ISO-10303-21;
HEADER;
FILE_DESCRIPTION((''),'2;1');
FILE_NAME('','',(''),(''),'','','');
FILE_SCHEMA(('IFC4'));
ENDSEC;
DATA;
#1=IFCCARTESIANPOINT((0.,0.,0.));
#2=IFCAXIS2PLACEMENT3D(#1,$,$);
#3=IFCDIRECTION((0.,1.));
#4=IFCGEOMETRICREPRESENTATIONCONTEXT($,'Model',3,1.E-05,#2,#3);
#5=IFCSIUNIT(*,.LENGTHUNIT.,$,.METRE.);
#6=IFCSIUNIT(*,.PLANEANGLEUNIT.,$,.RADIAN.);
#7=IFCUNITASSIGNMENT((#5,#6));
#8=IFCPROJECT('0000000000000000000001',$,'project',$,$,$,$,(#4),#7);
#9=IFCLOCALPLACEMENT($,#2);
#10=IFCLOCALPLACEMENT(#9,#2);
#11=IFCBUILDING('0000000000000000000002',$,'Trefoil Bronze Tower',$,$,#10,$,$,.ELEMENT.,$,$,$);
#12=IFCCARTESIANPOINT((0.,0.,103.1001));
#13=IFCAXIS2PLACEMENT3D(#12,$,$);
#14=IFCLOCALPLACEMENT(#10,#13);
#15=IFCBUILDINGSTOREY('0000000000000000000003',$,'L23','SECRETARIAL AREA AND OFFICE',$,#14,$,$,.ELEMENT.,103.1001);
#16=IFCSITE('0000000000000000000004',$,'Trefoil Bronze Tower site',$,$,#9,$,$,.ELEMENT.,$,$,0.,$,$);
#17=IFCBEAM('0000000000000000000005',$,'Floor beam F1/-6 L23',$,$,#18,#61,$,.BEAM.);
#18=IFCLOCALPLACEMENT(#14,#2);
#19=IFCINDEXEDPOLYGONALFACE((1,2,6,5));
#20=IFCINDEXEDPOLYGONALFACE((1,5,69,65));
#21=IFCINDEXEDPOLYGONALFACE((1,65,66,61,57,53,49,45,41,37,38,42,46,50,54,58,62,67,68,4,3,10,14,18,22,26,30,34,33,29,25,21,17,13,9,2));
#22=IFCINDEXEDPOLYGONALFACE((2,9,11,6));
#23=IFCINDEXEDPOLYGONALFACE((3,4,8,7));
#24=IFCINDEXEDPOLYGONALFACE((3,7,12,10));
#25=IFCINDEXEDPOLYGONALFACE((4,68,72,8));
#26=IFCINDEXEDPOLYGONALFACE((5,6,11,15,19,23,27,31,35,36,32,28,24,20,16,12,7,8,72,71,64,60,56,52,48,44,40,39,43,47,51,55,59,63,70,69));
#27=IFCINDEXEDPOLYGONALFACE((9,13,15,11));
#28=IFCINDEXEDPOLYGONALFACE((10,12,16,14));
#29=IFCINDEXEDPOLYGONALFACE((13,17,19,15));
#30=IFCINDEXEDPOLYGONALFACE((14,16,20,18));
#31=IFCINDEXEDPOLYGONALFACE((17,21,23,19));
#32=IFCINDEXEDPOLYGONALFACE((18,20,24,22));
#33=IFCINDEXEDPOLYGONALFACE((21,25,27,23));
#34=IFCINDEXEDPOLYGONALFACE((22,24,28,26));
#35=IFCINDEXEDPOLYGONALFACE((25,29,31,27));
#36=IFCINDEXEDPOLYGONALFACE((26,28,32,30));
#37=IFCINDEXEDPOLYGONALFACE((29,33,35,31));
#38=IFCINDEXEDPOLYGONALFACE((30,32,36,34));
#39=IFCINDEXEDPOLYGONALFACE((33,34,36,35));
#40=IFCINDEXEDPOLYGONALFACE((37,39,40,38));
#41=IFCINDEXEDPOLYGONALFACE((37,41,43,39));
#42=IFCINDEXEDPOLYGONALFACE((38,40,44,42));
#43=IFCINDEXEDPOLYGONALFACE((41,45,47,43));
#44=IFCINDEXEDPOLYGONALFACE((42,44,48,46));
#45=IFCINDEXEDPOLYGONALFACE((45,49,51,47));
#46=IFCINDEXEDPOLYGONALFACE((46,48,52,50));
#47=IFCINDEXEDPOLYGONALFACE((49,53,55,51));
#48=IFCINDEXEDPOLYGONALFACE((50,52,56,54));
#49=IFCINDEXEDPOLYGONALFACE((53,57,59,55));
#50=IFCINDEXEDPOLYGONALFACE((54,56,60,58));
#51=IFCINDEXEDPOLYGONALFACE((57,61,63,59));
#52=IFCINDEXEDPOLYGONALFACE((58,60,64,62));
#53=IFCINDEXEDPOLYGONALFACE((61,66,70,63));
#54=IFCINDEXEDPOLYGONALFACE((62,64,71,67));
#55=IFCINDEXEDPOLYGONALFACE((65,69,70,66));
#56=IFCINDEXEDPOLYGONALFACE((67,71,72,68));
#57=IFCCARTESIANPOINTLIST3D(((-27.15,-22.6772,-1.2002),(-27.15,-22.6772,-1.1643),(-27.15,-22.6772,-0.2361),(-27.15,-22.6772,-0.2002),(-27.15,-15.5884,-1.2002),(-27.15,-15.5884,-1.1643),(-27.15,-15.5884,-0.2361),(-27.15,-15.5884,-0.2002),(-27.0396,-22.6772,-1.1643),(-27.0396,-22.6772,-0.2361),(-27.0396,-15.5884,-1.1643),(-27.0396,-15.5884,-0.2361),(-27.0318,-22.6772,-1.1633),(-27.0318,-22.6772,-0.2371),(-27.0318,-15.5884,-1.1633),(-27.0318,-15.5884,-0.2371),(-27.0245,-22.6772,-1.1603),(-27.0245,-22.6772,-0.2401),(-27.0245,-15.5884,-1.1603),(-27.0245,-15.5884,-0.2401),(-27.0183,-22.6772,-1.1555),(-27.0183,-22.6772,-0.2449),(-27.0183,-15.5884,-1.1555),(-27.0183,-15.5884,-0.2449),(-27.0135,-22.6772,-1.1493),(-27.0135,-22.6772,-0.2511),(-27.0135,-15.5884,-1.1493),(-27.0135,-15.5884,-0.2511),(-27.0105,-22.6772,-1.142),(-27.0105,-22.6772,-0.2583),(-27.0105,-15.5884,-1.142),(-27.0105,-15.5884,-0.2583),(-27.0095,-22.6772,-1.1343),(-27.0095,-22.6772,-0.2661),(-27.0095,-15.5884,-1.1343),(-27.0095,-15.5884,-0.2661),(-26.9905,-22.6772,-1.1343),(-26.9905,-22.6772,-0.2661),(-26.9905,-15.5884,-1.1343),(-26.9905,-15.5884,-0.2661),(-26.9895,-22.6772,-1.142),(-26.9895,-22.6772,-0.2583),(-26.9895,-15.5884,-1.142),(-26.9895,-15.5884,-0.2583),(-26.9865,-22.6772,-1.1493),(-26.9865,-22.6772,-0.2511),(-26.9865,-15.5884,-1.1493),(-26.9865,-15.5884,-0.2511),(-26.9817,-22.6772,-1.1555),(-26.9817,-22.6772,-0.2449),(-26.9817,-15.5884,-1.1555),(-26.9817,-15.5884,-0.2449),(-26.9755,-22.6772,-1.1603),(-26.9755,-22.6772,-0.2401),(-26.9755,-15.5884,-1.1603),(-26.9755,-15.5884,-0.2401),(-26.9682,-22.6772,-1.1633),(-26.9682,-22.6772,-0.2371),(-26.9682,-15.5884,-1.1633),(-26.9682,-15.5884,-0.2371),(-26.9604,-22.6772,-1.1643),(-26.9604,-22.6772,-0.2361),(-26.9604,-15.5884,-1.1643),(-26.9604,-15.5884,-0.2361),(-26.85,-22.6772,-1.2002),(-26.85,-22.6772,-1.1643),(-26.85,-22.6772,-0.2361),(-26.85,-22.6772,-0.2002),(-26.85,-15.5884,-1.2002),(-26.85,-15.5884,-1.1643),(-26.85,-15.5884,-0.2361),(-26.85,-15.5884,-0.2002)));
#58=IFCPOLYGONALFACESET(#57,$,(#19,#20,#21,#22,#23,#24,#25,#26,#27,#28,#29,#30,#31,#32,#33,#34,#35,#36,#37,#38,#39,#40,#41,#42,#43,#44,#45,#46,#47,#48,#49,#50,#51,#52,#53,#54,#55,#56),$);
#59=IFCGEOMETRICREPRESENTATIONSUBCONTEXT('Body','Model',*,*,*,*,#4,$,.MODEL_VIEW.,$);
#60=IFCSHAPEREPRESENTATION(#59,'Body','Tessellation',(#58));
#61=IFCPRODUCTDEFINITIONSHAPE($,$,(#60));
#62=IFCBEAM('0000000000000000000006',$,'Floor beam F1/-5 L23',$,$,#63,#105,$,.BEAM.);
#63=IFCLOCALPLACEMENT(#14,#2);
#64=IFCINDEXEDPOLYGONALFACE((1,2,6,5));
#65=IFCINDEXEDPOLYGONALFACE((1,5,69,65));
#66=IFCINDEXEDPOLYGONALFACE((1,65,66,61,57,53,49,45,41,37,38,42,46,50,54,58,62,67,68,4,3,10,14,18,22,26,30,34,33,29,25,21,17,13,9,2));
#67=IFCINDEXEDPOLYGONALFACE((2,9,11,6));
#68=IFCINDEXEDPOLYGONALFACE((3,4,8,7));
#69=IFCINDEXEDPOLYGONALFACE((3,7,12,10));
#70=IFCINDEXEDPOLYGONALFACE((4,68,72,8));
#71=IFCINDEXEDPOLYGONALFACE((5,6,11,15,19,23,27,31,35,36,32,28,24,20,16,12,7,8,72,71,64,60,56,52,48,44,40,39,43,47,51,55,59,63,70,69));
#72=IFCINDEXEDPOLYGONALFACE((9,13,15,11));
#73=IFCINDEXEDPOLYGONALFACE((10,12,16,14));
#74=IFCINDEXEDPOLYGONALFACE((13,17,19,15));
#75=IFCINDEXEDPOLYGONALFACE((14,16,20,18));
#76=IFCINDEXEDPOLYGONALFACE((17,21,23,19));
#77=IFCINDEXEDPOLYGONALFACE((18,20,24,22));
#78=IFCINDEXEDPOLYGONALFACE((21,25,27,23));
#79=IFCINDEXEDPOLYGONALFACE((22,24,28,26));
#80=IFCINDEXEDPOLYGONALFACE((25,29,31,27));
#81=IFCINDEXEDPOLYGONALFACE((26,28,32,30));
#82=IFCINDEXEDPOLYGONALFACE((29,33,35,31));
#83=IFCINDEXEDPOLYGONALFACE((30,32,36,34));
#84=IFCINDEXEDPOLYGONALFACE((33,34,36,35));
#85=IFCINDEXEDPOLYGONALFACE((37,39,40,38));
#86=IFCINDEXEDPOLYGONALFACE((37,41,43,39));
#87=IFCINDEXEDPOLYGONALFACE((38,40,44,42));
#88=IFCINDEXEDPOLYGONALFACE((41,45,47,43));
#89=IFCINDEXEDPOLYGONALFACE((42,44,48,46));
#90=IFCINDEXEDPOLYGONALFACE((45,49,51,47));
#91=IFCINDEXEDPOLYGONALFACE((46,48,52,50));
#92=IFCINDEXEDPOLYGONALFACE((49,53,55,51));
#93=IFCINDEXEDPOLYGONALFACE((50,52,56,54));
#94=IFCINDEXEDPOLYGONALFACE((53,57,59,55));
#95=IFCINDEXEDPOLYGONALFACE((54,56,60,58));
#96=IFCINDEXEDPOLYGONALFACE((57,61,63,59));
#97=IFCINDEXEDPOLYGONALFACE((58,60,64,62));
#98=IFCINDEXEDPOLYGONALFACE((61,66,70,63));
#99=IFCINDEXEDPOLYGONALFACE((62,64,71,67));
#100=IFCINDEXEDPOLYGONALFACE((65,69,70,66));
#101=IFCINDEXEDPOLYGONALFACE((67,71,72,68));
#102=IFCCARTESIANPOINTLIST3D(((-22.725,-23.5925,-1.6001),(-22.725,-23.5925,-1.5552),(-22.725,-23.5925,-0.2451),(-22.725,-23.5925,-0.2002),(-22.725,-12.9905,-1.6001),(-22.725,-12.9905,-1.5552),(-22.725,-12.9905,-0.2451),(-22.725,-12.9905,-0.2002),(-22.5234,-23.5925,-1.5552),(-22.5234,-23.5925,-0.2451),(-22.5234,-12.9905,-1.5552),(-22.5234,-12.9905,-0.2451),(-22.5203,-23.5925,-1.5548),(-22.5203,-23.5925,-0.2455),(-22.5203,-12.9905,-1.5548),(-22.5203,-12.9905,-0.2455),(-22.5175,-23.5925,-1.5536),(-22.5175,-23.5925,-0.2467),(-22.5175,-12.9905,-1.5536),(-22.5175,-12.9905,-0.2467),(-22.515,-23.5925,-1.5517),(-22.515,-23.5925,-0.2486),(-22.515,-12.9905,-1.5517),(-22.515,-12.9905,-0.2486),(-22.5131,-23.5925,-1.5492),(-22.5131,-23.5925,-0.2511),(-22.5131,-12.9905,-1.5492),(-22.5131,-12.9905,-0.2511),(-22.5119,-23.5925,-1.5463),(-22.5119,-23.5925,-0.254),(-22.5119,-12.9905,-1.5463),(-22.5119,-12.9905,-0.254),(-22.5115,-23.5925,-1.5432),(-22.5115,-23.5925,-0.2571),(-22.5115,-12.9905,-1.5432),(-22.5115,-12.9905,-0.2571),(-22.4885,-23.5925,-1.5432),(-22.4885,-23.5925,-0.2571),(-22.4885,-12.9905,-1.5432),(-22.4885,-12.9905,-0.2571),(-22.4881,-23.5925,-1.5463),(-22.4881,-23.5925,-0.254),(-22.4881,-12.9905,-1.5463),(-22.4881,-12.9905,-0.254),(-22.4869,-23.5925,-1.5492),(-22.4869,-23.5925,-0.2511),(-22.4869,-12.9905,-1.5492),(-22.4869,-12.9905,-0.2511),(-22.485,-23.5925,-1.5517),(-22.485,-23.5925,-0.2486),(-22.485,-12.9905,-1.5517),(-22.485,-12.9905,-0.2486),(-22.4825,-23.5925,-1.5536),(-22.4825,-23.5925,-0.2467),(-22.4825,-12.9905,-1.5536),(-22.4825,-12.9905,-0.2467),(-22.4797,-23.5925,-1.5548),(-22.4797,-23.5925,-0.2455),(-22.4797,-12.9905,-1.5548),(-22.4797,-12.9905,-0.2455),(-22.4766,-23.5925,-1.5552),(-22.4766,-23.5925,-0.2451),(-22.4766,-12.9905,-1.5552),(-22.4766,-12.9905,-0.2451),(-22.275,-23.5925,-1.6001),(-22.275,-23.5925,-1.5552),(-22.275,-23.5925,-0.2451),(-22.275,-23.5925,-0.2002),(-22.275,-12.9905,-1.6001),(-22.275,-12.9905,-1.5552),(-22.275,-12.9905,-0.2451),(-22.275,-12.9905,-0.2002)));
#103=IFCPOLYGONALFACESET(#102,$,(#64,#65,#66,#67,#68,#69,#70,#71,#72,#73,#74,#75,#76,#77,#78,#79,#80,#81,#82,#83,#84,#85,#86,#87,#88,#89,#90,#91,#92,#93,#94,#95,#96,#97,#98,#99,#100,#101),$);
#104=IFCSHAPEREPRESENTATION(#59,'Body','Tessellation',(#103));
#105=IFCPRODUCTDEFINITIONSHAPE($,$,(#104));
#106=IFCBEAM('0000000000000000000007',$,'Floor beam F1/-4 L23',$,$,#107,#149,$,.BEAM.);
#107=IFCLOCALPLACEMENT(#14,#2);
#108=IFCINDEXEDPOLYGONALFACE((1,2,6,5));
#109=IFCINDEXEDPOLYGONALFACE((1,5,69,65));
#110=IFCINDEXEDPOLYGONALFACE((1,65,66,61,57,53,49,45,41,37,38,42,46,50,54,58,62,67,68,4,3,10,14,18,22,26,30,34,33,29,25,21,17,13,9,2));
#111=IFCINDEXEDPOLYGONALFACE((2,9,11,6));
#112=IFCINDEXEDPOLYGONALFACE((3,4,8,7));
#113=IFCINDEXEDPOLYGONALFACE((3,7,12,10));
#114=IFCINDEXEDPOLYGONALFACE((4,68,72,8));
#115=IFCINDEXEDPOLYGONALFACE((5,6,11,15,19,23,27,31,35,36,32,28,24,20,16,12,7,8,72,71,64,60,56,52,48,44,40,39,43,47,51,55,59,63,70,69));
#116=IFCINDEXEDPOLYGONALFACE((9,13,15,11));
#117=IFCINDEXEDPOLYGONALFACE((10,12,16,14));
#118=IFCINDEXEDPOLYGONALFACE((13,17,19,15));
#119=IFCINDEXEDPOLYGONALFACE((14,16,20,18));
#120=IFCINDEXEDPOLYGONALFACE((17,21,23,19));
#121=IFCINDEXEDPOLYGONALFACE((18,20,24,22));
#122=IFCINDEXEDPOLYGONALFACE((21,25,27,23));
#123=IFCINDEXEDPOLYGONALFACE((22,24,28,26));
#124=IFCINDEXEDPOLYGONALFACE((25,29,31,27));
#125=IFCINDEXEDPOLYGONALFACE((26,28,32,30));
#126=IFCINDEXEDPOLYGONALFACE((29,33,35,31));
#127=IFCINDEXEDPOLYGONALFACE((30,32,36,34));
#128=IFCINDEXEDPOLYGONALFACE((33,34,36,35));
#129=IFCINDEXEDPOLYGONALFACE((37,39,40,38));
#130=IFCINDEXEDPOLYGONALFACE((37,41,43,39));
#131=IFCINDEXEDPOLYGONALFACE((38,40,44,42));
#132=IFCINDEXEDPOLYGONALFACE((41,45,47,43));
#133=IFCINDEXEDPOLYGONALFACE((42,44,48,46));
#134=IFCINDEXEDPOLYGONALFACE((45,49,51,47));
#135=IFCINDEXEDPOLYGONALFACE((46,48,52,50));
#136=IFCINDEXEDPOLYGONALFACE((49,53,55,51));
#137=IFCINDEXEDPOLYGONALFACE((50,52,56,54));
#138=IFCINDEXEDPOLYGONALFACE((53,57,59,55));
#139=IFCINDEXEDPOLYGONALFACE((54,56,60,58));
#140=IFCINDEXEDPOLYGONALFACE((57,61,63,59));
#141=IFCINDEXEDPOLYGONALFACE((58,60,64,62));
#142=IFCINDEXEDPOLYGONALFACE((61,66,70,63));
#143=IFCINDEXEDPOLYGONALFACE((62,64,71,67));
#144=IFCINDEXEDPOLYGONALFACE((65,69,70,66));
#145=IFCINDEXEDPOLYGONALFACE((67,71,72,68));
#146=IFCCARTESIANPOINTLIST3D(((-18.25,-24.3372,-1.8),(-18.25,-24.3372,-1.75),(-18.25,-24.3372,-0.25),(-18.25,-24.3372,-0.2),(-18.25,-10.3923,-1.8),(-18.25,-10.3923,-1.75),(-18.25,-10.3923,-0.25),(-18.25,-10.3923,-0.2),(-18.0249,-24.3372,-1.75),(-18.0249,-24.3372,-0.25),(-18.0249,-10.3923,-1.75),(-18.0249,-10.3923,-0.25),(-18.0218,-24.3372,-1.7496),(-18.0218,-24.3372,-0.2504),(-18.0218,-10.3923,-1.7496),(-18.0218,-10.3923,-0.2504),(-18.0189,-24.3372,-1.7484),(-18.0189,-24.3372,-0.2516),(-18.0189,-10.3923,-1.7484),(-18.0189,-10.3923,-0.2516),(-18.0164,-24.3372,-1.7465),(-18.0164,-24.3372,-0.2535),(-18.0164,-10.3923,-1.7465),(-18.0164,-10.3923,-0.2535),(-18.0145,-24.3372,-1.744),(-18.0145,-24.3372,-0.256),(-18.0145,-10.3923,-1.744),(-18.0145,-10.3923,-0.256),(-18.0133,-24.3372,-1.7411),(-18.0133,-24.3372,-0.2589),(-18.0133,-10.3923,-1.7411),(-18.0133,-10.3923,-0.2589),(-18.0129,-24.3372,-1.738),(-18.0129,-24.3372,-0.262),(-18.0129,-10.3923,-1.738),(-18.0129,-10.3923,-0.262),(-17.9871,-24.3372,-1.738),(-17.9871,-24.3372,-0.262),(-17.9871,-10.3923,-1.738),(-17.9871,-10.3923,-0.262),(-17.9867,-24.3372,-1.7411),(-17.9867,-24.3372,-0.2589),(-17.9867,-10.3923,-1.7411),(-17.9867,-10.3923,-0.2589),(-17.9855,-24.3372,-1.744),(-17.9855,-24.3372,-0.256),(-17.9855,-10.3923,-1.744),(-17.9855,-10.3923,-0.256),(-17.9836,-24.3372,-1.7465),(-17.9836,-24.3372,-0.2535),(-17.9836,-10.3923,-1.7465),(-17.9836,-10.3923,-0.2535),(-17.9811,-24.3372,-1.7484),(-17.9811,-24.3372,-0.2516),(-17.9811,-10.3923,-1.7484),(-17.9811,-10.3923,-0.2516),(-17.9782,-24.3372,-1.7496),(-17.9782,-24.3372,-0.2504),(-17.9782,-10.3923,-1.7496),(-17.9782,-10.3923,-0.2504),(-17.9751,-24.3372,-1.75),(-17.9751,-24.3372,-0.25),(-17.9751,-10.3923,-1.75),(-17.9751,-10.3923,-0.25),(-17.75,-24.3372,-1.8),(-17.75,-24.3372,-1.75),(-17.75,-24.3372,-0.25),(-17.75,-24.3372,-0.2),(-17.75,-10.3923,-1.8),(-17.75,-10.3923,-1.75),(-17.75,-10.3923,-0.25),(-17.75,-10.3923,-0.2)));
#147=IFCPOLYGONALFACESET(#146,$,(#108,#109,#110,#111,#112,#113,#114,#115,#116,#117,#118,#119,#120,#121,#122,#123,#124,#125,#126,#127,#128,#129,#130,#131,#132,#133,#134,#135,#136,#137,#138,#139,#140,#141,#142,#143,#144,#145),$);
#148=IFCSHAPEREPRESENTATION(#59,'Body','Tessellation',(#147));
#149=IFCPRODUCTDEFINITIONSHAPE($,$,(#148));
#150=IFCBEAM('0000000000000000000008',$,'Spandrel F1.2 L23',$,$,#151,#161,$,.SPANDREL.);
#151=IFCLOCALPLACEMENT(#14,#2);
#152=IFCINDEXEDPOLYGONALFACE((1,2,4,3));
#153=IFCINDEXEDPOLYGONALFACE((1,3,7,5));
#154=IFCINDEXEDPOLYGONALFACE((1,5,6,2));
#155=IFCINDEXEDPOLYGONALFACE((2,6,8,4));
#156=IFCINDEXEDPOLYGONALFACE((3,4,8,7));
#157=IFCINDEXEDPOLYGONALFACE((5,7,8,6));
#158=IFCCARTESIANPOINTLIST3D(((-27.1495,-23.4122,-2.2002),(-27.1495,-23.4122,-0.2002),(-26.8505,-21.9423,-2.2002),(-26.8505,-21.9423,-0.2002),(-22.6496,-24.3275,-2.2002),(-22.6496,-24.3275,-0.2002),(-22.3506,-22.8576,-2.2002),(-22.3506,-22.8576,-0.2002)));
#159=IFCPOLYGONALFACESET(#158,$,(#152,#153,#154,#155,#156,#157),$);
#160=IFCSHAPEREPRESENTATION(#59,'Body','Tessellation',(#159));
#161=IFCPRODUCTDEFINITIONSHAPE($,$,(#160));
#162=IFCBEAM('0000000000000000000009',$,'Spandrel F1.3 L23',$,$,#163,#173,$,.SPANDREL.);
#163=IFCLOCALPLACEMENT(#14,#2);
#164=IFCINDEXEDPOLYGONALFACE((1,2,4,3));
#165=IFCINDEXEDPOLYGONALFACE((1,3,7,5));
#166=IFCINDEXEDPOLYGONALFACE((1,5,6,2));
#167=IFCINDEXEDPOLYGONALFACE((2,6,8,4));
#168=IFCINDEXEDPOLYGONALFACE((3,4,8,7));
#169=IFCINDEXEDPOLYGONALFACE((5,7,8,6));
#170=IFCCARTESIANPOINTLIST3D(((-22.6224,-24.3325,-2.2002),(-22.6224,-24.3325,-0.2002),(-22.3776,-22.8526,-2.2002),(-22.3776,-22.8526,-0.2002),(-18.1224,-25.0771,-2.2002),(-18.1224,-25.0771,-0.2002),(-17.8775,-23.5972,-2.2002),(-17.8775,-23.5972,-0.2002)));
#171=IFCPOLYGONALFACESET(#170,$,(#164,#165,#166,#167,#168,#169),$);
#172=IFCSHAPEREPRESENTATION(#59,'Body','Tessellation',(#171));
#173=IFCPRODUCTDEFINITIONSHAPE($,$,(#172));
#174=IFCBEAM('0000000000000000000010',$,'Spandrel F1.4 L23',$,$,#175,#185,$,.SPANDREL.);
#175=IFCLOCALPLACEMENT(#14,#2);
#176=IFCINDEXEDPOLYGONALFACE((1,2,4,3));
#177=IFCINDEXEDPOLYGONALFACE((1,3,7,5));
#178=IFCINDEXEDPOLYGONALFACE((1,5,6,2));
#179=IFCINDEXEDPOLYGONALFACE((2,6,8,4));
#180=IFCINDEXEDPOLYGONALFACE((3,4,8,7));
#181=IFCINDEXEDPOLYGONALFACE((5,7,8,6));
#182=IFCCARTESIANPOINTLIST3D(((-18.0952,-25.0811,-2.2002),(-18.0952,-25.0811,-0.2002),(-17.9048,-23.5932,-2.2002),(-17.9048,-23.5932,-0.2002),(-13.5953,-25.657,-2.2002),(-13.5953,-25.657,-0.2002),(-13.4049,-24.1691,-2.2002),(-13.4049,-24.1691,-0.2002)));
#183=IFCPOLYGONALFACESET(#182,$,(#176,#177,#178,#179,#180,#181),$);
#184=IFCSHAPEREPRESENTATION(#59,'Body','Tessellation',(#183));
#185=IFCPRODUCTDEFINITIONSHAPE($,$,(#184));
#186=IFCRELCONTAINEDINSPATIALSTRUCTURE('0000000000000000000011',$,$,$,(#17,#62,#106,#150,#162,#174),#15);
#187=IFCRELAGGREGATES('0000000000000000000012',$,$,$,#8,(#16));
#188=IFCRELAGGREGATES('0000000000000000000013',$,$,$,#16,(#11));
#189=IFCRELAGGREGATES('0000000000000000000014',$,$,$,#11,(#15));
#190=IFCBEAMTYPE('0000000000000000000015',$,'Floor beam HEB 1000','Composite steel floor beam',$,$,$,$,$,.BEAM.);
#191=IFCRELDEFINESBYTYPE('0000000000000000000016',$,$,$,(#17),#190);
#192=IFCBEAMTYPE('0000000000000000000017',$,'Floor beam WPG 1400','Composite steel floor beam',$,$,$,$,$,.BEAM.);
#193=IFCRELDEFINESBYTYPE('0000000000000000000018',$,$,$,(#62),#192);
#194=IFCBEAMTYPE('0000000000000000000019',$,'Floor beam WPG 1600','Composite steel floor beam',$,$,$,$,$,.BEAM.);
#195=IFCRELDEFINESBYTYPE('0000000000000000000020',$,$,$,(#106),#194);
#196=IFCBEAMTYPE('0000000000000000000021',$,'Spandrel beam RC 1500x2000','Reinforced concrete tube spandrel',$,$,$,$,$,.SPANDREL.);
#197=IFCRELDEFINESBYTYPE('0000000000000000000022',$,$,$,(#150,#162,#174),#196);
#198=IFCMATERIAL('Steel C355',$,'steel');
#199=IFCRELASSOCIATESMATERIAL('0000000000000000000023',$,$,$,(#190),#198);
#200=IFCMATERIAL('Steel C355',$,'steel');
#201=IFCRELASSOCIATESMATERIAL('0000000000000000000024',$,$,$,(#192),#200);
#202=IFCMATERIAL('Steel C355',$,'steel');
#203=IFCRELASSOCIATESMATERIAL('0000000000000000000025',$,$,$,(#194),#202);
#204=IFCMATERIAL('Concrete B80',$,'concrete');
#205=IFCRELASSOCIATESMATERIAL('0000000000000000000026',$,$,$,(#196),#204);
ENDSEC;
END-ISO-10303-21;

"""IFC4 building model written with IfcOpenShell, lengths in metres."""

from ifc_helpers import new_model, si_unit, direction, frame, origin, origin_2d, place, context, subcontext, project, spatial, rectangle, i_section, extrude, material, material_profile, profile_set, type_object, element, save


model = new_model("IFC4")

# Units and contexts
model_context = context("Model", 3, precision=1e-05, world=origin(), true_north=direction((0.0, 1.0)))
body_context = subcontext(model_context, "Body", "Model", "MODEL_VIEW")
ifc_project = project(units=[si_unit("LENGTHUNIT", "METRE"), si_unit("PLANEANGLEUNIT", "RADIAN")], contexts=[model_context])

# Site, building, storey
site_placement = place(None, origin())
site = spatial("IfcSite", under=ifc_project, at=site_placement, Name="Trefoil Bronze Tower site", CompositionType="ELEMENT", RefElevation=0.0)
building_placement = place(site_placement, origin())
building = spatial("IfcBuilding", under=site, at=building_placement, Name="Trefoil Bronze Tower", CompositionType="ELEMENT")
storey_placement = place(building_placement, frame((0.0, 0.0, 103.1001)))
storey = spatial("IfcBuildingStorey", under=building, at=storey_placement, Name="L23", Description="SECRETARIAL AREA AND OFFICE", CompositionType="ELEMENT", Elevation=103.1001)

# Beams
ifc_material_1 = material(Name="Steel C355", Category="steel")
ifc_material_profile_1 = material_profile(ifc_material_1, i_section(OverallWidth=0.3, OverallDepth=1.0, WebThickness=0.019, FlangeThickness=0.0359, FilletRadius=0.03, at=origin_2d()), Name="HEB 1000")
ifc_profile_set_1 = profile_set([ifc_material_profile_1], Name="Steel C355")
beam_type_1 = type_object("IfcBeamType", Name="Floor beam HEB 1000", Description="Composite steel floor beam", PredefinedType="BEAM", material=ifc_profile_set_1)
beam_1_placement = place(storey_placement, frame((-27.0, -22.6772, -0.7002), z_axis=(0.0, 1.0, 0.0), x_axis=(-1.0, 0.0, 0.0)))
element("IfcBeam", 1, at=beam_1_placement, inside=storey, type_object=beam_type_1, Name="Floor beam F1/-6 L23", PredefinedType="BEAM", context=body_context, shape_type="SweptSolid", body=[
    extrude(i_section(OverallWidth=0.3, OverallDepth=1.0, WebThickness=0.019, FlangeThickness=0.0359, FilletRadius=0.03, at=origin_2d()), origin(), (0.0, 0.0, 1.0), 7.0889),
])
ifc_material_2 = material(Name="Steel C355", Category="steel")
ifc_material_profile_2 = material_profile(ifc_material_2, i_section(OverallWidth=0.45, OverallDepth=1.3999, WebThickness=0.0229, FlangeThickness=0.0449, FilletRadius=0.012, at=origin_2d()), Name="WPG 1400")
ifc_profile_set_2 = profile_set([ifc_material_profile_2], Name="Steel C355")
beam_type_2 = type_object("IfcBeamType", Name="Floor beam WPG 1400", Description="Composite steel floor beam", PredefinedType="BEAM", material=ifc_profile_set_2)
beam_2_placement = place(storey_placement, frame((-22.5, -23.5925, -0.9001), z_axis=(0.0, 1.0, 0.0), x_axis=(-1.0, 0.0, 0.0)))
element("IfcBeam", 2, at=beam_2_placement, inside=storey, type_object=beam_type_2, Name="Floor beam F1/-5 L23", PredefinedType="BEAM", context=body_context, shape_type="SweptSolid", body=[
    extrude(i_section(OverallWidth=0.45, OverallDepth=1.3999, WebThickness=0.0229, FlangeThickness=0.0449, FilletRadius=0.012, at=origin_2d()), origin(), (0.0, 0.0, 1.0), 10.6021),
])
ifc_material_3 = material(Name="Steel C355", Category="steel")
ifc_material_profile_3 = material_profile(ifc_material_3, i_section(OverallWidth=0.5, OverallDepth=1.6001, WebThickness=0.0259, FlangeThickness=0.05, FilletRadius=0.012, at=origin_2d()), Name="WPG 1600")
ifc_profile_set_3 = profile_set([ifc_material_profile_3], Name="Steel C355")
beam_type_3 = type_object("IfcBeamType", Name="Floor beam WPG 1600", Description="Composite steel floor beam", PredefinedType="BEAM", material=ifc_profile_set_3)
beam_3_placement = place(storey_placement, frame((-18.0, -24.3372, -1.0), z_axis=(0.0, 1.0, 0.0), x_axis=(-1.0, 0.0, 0.0)))
element("IfcBeam", 3, at=beam_3_placement, inside=storey, type_object=beam_type_3, Name="Floor beam F1/-4 L23", PredefinedType="BEAM", context=body_context, shape_type="SweptSolid", body=[
    extrude(i_section(OverallWidth=0.5, OverallDepth=1.6001, WebThickness=0.0259, FlangeThickness=0.05, FilletRadius=0.012, at=origin_2d()), origin(), (0.0, 0.0, 1.0), 13.9448),
])
ifc_material_4 = material(Name="Concrete B80", Category="concrete")
ifc_material_profile_4 = material_profile(ifc_material_4, rectangle(XDim=1.5, YDim=2.0, at=origin_2d()), Name="RC 1500x2000")
ifc_profile_set_4 = profile_set([ifc_material_profile_4], Name="Concrete B80")
beam_type_4 = type_object("IfcBeamType", Name="Spandrel beam RC 1500x2000", Description="Reinforced concrete tube spandrel", PredefinedType="SPANDREL", material=ifc_profile_set_4)
beam_4_placement = place(storey_placement, frame((-27.0, -22.6772, -1.2002), z_axis=(0.979935, -0.199315, 0.0), x_axis=(0.199315, 0.979935, 0.0)))
element("IfcBeam", 4, at=beam_4_placement, inside=storey, type_object=beam_type_4, Name="Spandrel F1.2 L23", PredefinedType="SPANDREL", context=body_context, shape_type="SweptSolid", body=[
    extrude(rectangle(XDim=1.5, YDim=2.0, at=origin_2d()), origin(), (0.0, 0.0, 1.0), 4.592),
])
beam_5_placement = place(storey_placement, frame((-22.5, -23.5925, -1.2002), z_axis=(0.986584, -0.163253, 0.0), x_axis=(0.163253, 0.986584, 0.0)))
element("IfcBeam", 5, at=beam_5_placement, inside=storey, type_object=beam_type_4, Name="Spandrel F1.3 L23", PredefinedType="SPANDREL", context=body_context, shape_type="SweptSolid", body=[
    extrude(rectangle(XDim=1.5, YDim=2.0, at=origin_2d()), origin(), (0.0, 0.0, 1.0), 4.5613),
])
beam_6_placement = place(storey_placement, frame((-18.0, -24.3372, -1.2002), z_axis=(0.991909, -0.126948, 0.0), x_axis=(0.126948, 0.991909, 0.0)))
element("IfcBeam", 6, at=beam_6_placement, inside=storey, type_object=beam_type_4, Name="Spandrel F1.4 L23", PredefinedType="SPANDREL", context=body_context, shape_type="SweptSolid", body=[
    extrude(rectangle(XDim=1.5, YDim=2.0, at=origin_2d()), origin(), (0.0, 0.0, 1.0), 4.5366),
])

save(model, "model.ifc")
